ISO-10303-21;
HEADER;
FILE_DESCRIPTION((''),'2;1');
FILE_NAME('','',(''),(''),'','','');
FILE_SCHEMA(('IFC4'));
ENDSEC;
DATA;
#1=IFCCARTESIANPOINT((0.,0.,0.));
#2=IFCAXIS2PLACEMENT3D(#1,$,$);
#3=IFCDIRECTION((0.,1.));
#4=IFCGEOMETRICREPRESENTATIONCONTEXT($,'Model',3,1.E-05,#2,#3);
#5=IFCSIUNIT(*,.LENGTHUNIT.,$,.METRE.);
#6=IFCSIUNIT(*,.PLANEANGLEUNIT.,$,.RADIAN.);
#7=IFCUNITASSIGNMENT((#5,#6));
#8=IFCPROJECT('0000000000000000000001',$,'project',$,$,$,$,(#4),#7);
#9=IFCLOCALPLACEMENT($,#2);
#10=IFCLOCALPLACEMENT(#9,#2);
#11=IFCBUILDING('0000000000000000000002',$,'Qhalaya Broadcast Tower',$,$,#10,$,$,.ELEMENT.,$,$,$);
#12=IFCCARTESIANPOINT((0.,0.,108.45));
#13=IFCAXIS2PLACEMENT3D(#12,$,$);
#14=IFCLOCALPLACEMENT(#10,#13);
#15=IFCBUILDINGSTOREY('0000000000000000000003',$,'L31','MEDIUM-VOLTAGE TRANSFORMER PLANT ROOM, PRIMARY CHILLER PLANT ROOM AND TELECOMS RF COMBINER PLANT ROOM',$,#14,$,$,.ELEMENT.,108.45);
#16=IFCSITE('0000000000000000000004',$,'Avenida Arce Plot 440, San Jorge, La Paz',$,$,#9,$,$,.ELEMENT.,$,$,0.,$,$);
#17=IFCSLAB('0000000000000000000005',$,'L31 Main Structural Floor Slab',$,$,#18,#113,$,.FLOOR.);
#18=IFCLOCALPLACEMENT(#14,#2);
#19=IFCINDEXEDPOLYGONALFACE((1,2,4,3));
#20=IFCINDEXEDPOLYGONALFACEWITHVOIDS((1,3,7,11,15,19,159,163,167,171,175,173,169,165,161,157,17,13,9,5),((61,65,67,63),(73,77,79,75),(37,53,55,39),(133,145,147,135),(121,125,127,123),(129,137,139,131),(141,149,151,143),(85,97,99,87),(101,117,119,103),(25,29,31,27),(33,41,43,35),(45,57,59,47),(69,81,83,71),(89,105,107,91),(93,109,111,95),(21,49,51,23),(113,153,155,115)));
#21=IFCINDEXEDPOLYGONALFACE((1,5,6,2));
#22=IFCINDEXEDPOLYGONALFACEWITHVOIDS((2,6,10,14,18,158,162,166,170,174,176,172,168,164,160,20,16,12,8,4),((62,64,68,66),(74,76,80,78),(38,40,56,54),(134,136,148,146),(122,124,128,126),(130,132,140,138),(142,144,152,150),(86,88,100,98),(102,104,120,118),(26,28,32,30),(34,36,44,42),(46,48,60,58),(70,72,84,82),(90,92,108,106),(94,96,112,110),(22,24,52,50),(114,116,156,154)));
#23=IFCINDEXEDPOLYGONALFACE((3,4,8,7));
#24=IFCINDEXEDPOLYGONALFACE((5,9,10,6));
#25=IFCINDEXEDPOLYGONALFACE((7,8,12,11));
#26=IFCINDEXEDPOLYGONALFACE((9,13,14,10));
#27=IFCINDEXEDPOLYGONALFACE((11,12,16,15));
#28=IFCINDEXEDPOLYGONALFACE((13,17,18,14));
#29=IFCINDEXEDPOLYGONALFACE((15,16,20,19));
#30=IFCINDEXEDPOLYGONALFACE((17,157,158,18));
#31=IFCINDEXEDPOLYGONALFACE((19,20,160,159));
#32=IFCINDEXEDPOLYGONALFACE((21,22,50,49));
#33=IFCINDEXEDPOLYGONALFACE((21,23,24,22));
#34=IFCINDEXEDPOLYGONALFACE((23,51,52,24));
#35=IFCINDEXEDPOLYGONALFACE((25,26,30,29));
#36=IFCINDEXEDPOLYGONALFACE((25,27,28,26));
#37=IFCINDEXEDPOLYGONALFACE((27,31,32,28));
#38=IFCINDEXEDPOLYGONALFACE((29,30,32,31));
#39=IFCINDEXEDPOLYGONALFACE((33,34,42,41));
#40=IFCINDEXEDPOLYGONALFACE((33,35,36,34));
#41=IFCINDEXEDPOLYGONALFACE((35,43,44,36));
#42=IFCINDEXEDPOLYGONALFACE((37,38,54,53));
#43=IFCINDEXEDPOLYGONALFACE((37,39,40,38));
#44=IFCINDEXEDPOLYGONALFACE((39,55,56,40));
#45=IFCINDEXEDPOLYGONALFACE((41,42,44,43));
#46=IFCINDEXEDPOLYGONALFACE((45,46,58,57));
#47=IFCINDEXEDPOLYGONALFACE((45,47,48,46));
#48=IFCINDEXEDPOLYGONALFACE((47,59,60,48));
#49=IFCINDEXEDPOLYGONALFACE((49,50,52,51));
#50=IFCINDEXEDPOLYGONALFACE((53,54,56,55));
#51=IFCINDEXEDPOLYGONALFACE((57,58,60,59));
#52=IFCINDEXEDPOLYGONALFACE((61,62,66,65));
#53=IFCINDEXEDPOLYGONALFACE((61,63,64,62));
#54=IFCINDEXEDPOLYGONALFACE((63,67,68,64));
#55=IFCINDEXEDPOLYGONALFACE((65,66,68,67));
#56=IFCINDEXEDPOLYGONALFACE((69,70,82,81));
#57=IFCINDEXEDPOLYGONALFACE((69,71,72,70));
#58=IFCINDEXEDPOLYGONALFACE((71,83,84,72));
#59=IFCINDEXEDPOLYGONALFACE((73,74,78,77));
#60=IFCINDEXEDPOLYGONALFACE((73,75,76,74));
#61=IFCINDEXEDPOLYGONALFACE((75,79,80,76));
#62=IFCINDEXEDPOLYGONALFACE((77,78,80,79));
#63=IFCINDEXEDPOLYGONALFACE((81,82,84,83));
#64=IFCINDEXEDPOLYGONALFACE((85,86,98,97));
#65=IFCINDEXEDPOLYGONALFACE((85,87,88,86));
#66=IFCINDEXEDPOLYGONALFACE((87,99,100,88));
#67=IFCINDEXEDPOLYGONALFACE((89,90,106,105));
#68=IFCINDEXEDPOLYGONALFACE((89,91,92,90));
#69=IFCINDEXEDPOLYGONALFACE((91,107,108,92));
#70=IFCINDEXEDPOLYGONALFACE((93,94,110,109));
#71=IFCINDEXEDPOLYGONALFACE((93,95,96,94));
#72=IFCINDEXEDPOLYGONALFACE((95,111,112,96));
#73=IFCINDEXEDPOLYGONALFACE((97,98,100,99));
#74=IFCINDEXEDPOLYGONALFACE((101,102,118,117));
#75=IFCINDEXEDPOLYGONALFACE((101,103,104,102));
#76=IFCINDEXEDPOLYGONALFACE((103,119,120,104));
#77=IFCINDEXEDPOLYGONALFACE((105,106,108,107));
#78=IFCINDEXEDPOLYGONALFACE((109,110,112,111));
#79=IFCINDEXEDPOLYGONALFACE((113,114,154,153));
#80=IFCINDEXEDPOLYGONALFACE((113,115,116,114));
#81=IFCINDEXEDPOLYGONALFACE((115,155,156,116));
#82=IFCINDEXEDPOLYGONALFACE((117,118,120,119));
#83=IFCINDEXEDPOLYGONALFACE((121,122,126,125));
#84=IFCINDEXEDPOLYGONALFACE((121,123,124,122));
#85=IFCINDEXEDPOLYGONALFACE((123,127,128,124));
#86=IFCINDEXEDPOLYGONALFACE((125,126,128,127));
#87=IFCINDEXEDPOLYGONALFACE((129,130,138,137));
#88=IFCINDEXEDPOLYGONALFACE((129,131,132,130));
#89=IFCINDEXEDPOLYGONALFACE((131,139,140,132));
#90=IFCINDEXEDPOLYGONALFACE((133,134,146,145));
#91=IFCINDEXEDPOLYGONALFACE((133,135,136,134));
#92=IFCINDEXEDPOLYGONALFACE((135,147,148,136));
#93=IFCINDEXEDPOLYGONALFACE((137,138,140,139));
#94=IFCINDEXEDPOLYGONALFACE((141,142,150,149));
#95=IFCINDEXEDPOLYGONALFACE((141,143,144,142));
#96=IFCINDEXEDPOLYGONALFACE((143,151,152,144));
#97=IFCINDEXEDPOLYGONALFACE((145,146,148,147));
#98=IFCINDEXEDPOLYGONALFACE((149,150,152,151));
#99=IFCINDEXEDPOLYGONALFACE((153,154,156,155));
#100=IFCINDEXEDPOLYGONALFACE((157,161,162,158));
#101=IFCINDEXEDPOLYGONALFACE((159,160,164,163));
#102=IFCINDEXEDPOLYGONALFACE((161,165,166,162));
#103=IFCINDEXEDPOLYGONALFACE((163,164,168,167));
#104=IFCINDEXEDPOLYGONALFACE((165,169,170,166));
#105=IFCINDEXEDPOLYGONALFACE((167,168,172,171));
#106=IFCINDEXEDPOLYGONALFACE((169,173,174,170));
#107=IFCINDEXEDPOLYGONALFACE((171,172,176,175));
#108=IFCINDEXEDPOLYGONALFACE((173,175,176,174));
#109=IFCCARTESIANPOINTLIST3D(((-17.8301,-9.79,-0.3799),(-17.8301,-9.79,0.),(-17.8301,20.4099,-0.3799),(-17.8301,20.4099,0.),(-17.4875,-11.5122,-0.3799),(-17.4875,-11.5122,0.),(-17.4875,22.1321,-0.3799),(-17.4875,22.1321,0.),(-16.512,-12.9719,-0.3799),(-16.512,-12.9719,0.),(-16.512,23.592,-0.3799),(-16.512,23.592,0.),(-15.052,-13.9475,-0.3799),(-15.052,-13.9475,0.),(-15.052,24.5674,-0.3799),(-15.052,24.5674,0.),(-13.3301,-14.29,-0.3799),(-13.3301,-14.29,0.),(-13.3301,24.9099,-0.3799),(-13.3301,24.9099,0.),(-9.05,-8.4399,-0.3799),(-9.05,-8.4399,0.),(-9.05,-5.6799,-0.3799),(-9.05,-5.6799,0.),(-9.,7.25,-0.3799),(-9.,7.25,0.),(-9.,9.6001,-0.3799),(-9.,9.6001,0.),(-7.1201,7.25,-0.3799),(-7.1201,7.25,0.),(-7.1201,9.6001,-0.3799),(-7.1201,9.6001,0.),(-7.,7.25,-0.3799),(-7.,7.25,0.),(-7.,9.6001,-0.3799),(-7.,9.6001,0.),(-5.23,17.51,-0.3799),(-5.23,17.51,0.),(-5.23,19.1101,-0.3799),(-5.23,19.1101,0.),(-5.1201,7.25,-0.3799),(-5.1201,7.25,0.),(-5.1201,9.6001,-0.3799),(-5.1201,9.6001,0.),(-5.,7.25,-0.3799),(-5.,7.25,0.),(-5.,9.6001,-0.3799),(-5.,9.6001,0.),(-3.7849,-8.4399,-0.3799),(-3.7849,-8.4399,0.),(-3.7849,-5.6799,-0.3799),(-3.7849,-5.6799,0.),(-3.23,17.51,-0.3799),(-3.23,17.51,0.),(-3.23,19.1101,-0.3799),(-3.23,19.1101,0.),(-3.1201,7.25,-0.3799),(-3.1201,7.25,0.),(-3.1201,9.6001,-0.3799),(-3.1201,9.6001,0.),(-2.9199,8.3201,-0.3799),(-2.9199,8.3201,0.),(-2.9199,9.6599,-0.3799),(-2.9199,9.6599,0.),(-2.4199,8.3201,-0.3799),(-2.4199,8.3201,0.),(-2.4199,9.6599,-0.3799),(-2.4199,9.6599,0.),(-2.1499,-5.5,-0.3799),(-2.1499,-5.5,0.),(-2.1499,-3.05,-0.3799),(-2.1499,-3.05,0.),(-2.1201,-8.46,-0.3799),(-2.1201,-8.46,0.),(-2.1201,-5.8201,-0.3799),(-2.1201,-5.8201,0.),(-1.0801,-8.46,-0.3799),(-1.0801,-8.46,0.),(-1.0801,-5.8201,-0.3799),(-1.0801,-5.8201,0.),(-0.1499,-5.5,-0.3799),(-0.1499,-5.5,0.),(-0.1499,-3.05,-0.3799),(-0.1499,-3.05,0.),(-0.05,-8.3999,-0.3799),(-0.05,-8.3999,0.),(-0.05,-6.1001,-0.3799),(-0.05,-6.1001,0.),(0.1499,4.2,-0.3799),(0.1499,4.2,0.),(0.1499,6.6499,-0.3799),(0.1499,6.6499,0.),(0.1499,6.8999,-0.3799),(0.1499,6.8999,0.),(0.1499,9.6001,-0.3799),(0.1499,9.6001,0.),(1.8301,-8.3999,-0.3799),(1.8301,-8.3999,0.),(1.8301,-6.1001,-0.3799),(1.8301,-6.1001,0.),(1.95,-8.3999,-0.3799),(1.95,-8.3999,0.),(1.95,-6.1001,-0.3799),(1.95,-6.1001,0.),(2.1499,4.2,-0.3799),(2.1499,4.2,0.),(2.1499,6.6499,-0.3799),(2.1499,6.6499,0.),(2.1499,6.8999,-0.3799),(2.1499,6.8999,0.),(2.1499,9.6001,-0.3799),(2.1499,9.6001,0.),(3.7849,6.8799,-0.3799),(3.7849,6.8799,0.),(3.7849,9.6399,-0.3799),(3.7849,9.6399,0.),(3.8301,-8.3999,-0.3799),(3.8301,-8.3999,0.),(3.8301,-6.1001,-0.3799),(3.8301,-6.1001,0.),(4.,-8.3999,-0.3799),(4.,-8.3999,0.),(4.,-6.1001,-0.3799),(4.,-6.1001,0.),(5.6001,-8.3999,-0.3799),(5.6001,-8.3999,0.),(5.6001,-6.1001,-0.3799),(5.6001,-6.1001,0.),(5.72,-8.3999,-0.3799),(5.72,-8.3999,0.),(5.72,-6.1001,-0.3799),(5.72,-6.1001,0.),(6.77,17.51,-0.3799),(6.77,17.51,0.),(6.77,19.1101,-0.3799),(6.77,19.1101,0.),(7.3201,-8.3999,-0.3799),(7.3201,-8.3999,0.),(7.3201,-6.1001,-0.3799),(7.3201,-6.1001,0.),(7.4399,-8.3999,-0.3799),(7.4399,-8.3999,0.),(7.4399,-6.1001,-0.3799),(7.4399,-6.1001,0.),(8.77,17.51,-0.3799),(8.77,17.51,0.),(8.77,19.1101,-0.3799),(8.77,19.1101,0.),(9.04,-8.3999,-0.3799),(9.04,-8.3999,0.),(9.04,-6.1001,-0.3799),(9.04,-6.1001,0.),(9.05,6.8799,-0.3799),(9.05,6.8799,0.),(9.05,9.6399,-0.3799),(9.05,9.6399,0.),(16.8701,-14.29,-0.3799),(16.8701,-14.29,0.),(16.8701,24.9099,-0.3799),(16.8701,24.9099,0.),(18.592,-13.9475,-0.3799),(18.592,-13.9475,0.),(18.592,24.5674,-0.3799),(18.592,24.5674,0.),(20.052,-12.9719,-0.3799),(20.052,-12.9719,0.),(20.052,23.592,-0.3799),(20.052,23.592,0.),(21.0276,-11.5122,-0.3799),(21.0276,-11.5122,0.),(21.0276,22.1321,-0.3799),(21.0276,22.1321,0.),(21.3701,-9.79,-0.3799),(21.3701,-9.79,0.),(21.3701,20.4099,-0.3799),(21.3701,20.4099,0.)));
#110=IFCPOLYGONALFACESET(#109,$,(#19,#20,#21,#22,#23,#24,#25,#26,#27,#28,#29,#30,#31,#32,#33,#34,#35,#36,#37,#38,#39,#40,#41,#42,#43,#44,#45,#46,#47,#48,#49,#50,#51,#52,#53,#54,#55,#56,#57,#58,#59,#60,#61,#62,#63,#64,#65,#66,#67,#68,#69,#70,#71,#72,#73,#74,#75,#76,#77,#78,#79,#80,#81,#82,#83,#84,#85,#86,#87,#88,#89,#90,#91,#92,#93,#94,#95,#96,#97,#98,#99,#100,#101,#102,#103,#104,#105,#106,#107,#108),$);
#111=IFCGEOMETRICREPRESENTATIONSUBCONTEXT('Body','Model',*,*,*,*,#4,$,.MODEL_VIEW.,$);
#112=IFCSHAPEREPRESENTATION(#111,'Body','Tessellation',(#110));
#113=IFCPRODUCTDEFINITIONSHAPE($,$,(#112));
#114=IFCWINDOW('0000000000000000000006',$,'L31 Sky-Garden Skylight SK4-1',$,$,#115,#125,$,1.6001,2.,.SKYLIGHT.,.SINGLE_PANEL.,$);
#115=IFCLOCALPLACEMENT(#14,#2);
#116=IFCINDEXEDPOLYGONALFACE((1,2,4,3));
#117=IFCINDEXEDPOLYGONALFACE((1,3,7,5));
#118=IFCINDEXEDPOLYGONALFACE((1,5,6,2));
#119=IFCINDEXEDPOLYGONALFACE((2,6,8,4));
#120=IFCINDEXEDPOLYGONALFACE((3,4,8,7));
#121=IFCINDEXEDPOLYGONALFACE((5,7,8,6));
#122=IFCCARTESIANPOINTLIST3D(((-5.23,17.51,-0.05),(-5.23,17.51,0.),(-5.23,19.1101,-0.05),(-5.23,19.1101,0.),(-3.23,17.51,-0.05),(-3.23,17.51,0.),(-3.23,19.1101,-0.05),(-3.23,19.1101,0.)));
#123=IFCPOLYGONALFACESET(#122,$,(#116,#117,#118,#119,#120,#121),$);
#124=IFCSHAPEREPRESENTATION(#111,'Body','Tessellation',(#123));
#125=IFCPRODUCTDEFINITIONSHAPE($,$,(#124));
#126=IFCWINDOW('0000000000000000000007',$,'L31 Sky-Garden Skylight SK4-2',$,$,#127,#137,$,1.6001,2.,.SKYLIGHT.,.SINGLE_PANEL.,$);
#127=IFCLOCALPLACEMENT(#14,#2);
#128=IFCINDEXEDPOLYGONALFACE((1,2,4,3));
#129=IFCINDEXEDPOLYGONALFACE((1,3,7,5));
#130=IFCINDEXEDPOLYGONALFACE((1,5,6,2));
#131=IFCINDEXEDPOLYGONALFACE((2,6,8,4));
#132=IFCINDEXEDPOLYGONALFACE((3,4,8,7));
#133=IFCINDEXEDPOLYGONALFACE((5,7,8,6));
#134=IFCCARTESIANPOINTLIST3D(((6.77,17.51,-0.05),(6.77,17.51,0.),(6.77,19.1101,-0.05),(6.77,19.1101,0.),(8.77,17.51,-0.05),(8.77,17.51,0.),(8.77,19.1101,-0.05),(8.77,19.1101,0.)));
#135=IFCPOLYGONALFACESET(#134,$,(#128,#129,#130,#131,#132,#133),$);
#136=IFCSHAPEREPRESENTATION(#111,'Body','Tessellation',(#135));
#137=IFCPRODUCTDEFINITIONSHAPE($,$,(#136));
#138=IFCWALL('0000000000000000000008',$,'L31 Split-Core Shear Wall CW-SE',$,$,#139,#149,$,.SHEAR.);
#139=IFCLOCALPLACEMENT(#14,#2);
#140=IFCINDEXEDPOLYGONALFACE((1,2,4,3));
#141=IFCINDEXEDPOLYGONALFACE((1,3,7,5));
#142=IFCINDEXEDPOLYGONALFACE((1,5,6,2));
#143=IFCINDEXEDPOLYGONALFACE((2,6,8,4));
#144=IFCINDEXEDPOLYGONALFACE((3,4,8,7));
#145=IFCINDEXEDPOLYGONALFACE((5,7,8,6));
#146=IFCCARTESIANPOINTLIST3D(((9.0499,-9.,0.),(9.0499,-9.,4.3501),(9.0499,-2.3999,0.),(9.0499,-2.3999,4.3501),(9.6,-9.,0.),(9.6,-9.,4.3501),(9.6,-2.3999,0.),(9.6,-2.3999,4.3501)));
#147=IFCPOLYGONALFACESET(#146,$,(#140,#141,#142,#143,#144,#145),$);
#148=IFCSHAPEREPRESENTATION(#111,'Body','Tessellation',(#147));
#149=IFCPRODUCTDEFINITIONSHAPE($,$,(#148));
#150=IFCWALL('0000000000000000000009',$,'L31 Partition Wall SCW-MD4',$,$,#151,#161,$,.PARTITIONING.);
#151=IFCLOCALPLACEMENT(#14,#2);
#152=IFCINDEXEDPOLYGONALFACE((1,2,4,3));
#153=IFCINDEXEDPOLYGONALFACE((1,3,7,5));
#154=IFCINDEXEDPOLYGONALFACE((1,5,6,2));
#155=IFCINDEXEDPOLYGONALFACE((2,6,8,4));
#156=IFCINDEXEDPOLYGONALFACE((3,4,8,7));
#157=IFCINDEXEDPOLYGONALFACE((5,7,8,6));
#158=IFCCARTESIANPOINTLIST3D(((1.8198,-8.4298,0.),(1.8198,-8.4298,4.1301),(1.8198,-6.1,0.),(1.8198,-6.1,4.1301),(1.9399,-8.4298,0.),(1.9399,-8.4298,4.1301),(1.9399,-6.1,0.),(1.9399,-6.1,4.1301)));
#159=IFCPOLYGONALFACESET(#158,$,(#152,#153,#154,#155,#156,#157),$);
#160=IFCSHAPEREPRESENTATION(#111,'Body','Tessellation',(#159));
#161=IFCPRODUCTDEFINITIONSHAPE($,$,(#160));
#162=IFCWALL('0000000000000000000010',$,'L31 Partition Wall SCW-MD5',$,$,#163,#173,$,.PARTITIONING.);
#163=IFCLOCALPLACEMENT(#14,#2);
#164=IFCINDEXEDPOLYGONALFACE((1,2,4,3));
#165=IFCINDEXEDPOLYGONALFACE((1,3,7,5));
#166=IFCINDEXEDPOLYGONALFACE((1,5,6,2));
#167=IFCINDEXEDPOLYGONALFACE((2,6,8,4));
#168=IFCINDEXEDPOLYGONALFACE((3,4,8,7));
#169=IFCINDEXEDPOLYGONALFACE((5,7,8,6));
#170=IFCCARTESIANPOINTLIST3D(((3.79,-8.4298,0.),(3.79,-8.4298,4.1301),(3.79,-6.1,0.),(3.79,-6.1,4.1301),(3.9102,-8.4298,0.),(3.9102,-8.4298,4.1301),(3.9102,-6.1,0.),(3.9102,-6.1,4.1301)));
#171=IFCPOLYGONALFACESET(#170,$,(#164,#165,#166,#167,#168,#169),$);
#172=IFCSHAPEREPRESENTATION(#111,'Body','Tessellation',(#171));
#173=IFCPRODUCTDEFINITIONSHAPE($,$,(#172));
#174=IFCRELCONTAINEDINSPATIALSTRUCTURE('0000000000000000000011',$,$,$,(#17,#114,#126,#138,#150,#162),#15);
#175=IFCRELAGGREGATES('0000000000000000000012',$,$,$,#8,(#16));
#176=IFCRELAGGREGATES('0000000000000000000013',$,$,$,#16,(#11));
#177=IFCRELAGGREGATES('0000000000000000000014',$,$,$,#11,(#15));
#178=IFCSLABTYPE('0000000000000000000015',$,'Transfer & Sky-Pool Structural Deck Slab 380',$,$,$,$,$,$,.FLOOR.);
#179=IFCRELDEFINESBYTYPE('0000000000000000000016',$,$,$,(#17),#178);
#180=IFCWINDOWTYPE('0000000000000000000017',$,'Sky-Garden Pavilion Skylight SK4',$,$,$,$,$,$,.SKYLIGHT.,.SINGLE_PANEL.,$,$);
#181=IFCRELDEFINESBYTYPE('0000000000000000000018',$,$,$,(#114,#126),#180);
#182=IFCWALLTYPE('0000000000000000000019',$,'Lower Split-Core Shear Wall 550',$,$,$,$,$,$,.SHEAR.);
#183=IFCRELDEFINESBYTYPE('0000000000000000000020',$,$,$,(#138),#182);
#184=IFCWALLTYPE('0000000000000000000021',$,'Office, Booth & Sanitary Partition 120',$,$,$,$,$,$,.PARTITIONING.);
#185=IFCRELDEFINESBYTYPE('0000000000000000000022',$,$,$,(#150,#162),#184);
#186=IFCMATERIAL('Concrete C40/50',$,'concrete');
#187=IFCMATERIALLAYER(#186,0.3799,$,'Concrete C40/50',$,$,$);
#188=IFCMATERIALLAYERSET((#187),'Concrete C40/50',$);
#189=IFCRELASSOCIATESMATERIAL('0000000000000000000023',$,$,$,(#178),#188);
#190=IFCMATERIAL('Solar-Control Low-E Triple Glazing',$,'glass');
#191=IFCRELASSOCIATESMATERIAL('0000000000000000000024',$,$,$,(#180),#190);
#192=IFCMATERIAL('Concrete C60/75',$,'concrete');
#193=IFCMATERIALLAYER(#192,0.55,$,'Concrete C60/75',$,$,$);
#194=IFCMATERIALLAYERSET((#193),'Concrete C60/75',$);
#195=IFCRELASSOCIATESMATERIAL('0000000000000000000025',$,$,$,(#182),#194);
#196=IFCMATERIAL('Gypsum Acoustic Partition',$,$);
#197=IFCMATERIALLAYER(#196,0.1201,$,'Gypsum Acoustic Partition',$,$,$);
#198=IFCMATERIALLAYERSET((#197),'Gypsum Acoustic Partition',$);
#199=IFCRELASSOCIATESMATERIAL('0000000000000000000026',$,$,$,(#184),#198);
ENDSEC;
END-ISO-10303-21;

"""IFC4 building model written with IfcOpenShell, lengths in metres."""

from ifc_helpers import new_model, si_unit, direction, frame, frame_2d, origin, origin_2d, place, context, subcontext, project, spatial, polyline, rectangle, outline, extrude, material, layer, layer_set, type_object, element, fill, save


model = new_model("IFC4")

# Units and contexts
model_context = context("Model", 3, precision=1e-05, world=origin(), true_north=direction((0.0, 1.0)))
body_context = subcontext(model_context, "Body", "Model", "MODEL_VIEW")
ifc_project = project(units=[si_unit("LENGTHUNIT", "METRE"), si_unit("PLANEANGLEUNIT", "RADIAN")], contexts=[model_context])

# Site, building, storey
site_placement = place(None, origin())
site = spatial("IfcSite", under=ifc_project, at=site_placement, Name="Avenida Arce Plot 440, San Jorge, La Paz", CompositionType="ELEMENT", RefElevation=0.0)
building_placement = place(site_placement, origin())
building = spatial("IfcBuilding", under=site, at=building_placement, Name="Qhalaya Broadcast Tower", CompositionType="ELEMENT")
storey_placement = place(building_placement, frame((0.0, 0.0, 108.45)))
storey = spatial("IfcBuildingStorey", under=building, at=storey_placement, Name="L31", Description="MEDIUM-VOLTAGE TRANSFORMER PLANT ROOM, PRIMARY CHILLER PLANT ROOM AND TELECOMS RF COMBINER PLANT ROOM", CompositionType="ELEMENT", Elevation=108.45)

# Shared definitions
ifc_material_1 = material(Name="Concrete C40/50", Category="concrete")

# Slab, openings, windows
ifc_layer_1 = layer(ifc_material_1, 0.3799, Name="Concrete C40/50")
ifc_layer_set_1 = layer_set([ifc_layer_1], Name="Concrete C40/50")
slab_type_1 = type_object("IfcSlabType", Name="Transfer & Sky-Pool Structural Deck Slab 380", PredefinedType="FLOOR", material=ifc_layer_set_1)
slab_1_placement = place(storey_placement, frame((0.0, 0.0, -0.3799)))
slab_1 = element("IfcSlab", 1, at=slab_1_placement, inside=storey, type_object=slab_type_1, Name="L31 Main Structural Floor Slab", PredefinedType="FLOOR", context=body_context, shape_type="SweptSolid", body=[
    extrude(outline(polyline([(16.8701, -14.29), (18.592, -13.9475), (20.052, -12.9719), (21.0276, -11.5122), (21.3701, -9.79), (21.3701, 20.4099), (21.0276, 22.1321), (20.052, 23.592), (18.592, 24.5674), (16.8701, 24.9099), (-13.3301, 24.9099), (-15.052, 24.5674), (-16.512, 23.592), (-17.4875, 22.1321), (-17.8301, 20.4099), (-17.8301, -9.79), (-17.4875, -11.5122), (-16.512, -12.9719), (-15.052, -13.9475), (-13.3301, -14.29), (16.8701, -14.29)]), holes=[polyline([(3.7849, 9.6399), (9.05, 9.6399), (9.05, 6.8799), (3.7849, 6.8799), (3.7849, 9.6399)]), polyline([(-3.7849, -8.4399), (-9.05, -8.4399), (-9.05, -5.6799), (-3.7849, -5.6799), (-3.7849, -8.4399)]), polyline([(0.1499, 6.6499), (2.1499, 6.6499), (2.1499, 4.2), (0.1499, 4.2), (0.1499, 6.6499)]), polyline([(0.1499, 9.6001), (2.1499, 9.6001), (2.1499, 6.8999), (0.1499, 6.8999), (0.1499, 9.6001)]), polyline([(-2.1499, -3.05), (-0.1499, -3.05), (-0.1499, -5.5), (-2.1499, -5.5), (-2.1499, -3.05)]), polyline([(-9.0, 9.6001), (-7.1201, 9.6001), (-7.1201, 7.25), (-9.0, 7.25), (-9.0, 9.6001)]), polyline([(-7.0, 9.6001), (-5.1201, 9.6001), (-5.1201, 7.25), (-7.0, 7.25), (-7.0, 9.6001)]), polyline([(-5.0, 9.6001), (-3.1201, 9.6001), (-3.1201, 7.25), (-5.0, 7.25), (-5.0, 9.6001)]), polyline([(-0.05, -6.1001), (1.8301, -6.1001), (1.8301, -8.3999), (-0.05, -8.3999), (-0.05, -6.1001)]), polyline([(1.95, -6.1001), (3.8301, -6.1001), (3.8301, -8.3999), (1.95, -8.3999), (1.95, -6.1001)]), polyline([(4.0, -6.1001), (5.6001, -6.1001), (5.6001, -8.3999), (4.0, -8.3999), (4.0, -6.1001)]), polyline([(5.72, -6.1001), (7.3201, -6.1001), (7.3201, -8.3999), (5.72, -8.3999), (5.72, -6.1001)]), polyline([(7.4399, -6.1001), (9.04, -6.1001), (9.04, -8.3999), (7.4399, -8.3999), (7.4399, -6.1001)]), polyline([(-2.9199, 9.6599), (-2.4199, 9.6599), (-2.4199, 8.3201), (-2.9199, 8.3201), (-2.9199, 9.6599)]), polyline([(-2.1201, -5.8201), (-1.0801, -5.8201), (-1.0801, -8.46), (-2.1201, -8.46), (-2.1201, -5.8201)])]), origin(), (0.0, 0.0, 1.0), 0.3799),
])
opening_1_placement = place(slab_1_placement, frame((-4.23, 18.3101, 0.0), z_axis=(0.0, 0.0, 1.0), x_axis=(1.0, 0.0, 0.0)))
opening_1 = element("IfcOpeningElement", 2, at=opening_1_placement, cuts=slab_1, PredefinedType="OPENING", context=body_context, shape_type="SweptSolid", body=[
    extrude(rectangle(XDim=2.0, YDim=1.6001, at=origin_2d()), origin(), (0.0, 0.0, 1.0), 0.3799),
])
opening_2_placement = place(slab_1_placement, frame((7.77, 18.3101, 0.0), z_axis=(0.0, 0.0, 1.0), x_axis=(1.0, 0.0, 0.0)))
opening_2 = element("IfcOpeningElement", 3, at=opening_2_placement, cuts=slab_1, PredefinedType="OPENING", context=body_context, shape_type="SweptSolid", body=[
    extrude(rectangle(XDim=2.0, YDim=1.6001, at=origin_2d()), origin(), (0.0, 0.0, 1.0), 0.3799),
])
ifc_material_2 = material(Name="Solar-Control Low-E Triple Glazing", Category="glass")
window_type = type_object("IfcWindowType", Name="Sky-Garden Pavilion Skylight SK4", PartitioningType="SINGLE_PANEL", PredefinedType="SKYLIGHT", material=ifc_material_2)
window_1_placement = place(opening_1_placement, frame((0.0, 0.0, 0.3298)))
window_1 = element("IfcWindow", 4, at=window_1_placement, inside=storey, type_object=window_type, Name="L31 Sky-Garden Skylight SK4-1", OverallHeight=1.6001, OverallWidth=2.0, PartitioningType="SINGLE_PANEL", PredefinedType="SKYLIGHT", context=body_context, shape_type="SweptSolid", body=[
    extrude(rectangle(XDim=2.0, YDim=1.6001, at=origin_2d()), origin(), (0.0, 0.0, 1.0), 0.05),
])
fill(opening_1, window_1)
window_2_placement = place(opening_2_placement, frame((0.0, 0.0, 0.3298)))
window_2 = element("IfcWindow", 5, at=window_2_placement, inside=storey, type_object=window_type, Name="L31 Sky-Garden Skylight SK4-2", OverallHeight=1.6001, OverallWidth=2.0, PartitioningType="SINGLE_PANEL", PredefinedType="SKYLIGHT", context=body_context, shape_type="SweptSolid", body=[
    extrude(rectangle(XDim=2.0, YDim=1.6001, at=origin_2d()), origin(), (0.0, 0.0, 1.0), 0.05),
])
fill(opening_2, window_2)

# Walls
ifc_material_3 = material(Name="Concrete C60/75", Category="concrete")
ifc_layer_2 = layer(ifc_material_3, 0.55, Name="Concrete C60/75")
ifc_layer_set_2 = layer_set([ifc_layer_2], Name="Concrete C60/75")
wall_type_1 = type_object("IfcWallType", Name="Lower Split-Core Shear Wall 550", PredefinedType="SHEAR", material=ifc_layer_set_2)
wall_1_placement = place(storey_placement, frame((9.325, -9.0, 0.0), z_axis=(0.0, 0.0, 1.0), x_axis=(0.0, 1.0, 0.0)))
element("IfcWall", 6, at=wall_1_placement, inside=storey, type_object=wall_type_1, Name="L31 Split-Core Shear Wall CW-SE", PredefinedType="SHEAR", context=body_context, shape_type="SweptSolid", body=[
    extrude(rectangle(XDim=6.6001, YDim=0.55, at=frame_2d((3.3, 0.0))), origin(), (0.0, 0.0, 1.0), 4.3501),
])
ifc_material_4 = material(Name="Gypsum Acoustic Partition")
ifc_layer_3 = layer(ifc_material_4, 0.1201, Name="Gypsum Acoustic Partition")
ifc_layer_set_3 = layer_set([ifc_layer_3], Name="Gypsum Acoustic Partition")
wall_type_2 = type_object("IfcWallType", Name="Office, Booth & Sanitary Partition 120", PredefinedType="PARTITIONING", material=ifc_layer_set_3)
for number, where, z_axis, x_axis, name in (
    (7, (1.8799, -8.4299, 0.0), (0.0, 0.0, 1.0), (0.0, 1.0, 0.0), "L31 Partition Wall SCW-MD4"),
    (8, (3.8501, -8.4299, 0.0), (0.0, 0.0, 1.0), (0.0, 1.0, 0.0), "L31 Partition Wall SCW-MD5"),
):
    element("IfcWall", number, at=place(storey_placement, frame(where, z_axis=z_axis, x_axis=x_axis)), inside=storey, type_object=wall_type_2, Name=name, PredefinedType="PARTITIONING", context=body_context, shape_type="SweptSolid", body=[
        extrude(rectangle(XDim=2.3298, YDim=0.1201, at=frame_2d((1.165, 0.0))), origin(), (0.0, 0.0, 1.0), 4.1301),
    ])

save(model, "model.ifc")
